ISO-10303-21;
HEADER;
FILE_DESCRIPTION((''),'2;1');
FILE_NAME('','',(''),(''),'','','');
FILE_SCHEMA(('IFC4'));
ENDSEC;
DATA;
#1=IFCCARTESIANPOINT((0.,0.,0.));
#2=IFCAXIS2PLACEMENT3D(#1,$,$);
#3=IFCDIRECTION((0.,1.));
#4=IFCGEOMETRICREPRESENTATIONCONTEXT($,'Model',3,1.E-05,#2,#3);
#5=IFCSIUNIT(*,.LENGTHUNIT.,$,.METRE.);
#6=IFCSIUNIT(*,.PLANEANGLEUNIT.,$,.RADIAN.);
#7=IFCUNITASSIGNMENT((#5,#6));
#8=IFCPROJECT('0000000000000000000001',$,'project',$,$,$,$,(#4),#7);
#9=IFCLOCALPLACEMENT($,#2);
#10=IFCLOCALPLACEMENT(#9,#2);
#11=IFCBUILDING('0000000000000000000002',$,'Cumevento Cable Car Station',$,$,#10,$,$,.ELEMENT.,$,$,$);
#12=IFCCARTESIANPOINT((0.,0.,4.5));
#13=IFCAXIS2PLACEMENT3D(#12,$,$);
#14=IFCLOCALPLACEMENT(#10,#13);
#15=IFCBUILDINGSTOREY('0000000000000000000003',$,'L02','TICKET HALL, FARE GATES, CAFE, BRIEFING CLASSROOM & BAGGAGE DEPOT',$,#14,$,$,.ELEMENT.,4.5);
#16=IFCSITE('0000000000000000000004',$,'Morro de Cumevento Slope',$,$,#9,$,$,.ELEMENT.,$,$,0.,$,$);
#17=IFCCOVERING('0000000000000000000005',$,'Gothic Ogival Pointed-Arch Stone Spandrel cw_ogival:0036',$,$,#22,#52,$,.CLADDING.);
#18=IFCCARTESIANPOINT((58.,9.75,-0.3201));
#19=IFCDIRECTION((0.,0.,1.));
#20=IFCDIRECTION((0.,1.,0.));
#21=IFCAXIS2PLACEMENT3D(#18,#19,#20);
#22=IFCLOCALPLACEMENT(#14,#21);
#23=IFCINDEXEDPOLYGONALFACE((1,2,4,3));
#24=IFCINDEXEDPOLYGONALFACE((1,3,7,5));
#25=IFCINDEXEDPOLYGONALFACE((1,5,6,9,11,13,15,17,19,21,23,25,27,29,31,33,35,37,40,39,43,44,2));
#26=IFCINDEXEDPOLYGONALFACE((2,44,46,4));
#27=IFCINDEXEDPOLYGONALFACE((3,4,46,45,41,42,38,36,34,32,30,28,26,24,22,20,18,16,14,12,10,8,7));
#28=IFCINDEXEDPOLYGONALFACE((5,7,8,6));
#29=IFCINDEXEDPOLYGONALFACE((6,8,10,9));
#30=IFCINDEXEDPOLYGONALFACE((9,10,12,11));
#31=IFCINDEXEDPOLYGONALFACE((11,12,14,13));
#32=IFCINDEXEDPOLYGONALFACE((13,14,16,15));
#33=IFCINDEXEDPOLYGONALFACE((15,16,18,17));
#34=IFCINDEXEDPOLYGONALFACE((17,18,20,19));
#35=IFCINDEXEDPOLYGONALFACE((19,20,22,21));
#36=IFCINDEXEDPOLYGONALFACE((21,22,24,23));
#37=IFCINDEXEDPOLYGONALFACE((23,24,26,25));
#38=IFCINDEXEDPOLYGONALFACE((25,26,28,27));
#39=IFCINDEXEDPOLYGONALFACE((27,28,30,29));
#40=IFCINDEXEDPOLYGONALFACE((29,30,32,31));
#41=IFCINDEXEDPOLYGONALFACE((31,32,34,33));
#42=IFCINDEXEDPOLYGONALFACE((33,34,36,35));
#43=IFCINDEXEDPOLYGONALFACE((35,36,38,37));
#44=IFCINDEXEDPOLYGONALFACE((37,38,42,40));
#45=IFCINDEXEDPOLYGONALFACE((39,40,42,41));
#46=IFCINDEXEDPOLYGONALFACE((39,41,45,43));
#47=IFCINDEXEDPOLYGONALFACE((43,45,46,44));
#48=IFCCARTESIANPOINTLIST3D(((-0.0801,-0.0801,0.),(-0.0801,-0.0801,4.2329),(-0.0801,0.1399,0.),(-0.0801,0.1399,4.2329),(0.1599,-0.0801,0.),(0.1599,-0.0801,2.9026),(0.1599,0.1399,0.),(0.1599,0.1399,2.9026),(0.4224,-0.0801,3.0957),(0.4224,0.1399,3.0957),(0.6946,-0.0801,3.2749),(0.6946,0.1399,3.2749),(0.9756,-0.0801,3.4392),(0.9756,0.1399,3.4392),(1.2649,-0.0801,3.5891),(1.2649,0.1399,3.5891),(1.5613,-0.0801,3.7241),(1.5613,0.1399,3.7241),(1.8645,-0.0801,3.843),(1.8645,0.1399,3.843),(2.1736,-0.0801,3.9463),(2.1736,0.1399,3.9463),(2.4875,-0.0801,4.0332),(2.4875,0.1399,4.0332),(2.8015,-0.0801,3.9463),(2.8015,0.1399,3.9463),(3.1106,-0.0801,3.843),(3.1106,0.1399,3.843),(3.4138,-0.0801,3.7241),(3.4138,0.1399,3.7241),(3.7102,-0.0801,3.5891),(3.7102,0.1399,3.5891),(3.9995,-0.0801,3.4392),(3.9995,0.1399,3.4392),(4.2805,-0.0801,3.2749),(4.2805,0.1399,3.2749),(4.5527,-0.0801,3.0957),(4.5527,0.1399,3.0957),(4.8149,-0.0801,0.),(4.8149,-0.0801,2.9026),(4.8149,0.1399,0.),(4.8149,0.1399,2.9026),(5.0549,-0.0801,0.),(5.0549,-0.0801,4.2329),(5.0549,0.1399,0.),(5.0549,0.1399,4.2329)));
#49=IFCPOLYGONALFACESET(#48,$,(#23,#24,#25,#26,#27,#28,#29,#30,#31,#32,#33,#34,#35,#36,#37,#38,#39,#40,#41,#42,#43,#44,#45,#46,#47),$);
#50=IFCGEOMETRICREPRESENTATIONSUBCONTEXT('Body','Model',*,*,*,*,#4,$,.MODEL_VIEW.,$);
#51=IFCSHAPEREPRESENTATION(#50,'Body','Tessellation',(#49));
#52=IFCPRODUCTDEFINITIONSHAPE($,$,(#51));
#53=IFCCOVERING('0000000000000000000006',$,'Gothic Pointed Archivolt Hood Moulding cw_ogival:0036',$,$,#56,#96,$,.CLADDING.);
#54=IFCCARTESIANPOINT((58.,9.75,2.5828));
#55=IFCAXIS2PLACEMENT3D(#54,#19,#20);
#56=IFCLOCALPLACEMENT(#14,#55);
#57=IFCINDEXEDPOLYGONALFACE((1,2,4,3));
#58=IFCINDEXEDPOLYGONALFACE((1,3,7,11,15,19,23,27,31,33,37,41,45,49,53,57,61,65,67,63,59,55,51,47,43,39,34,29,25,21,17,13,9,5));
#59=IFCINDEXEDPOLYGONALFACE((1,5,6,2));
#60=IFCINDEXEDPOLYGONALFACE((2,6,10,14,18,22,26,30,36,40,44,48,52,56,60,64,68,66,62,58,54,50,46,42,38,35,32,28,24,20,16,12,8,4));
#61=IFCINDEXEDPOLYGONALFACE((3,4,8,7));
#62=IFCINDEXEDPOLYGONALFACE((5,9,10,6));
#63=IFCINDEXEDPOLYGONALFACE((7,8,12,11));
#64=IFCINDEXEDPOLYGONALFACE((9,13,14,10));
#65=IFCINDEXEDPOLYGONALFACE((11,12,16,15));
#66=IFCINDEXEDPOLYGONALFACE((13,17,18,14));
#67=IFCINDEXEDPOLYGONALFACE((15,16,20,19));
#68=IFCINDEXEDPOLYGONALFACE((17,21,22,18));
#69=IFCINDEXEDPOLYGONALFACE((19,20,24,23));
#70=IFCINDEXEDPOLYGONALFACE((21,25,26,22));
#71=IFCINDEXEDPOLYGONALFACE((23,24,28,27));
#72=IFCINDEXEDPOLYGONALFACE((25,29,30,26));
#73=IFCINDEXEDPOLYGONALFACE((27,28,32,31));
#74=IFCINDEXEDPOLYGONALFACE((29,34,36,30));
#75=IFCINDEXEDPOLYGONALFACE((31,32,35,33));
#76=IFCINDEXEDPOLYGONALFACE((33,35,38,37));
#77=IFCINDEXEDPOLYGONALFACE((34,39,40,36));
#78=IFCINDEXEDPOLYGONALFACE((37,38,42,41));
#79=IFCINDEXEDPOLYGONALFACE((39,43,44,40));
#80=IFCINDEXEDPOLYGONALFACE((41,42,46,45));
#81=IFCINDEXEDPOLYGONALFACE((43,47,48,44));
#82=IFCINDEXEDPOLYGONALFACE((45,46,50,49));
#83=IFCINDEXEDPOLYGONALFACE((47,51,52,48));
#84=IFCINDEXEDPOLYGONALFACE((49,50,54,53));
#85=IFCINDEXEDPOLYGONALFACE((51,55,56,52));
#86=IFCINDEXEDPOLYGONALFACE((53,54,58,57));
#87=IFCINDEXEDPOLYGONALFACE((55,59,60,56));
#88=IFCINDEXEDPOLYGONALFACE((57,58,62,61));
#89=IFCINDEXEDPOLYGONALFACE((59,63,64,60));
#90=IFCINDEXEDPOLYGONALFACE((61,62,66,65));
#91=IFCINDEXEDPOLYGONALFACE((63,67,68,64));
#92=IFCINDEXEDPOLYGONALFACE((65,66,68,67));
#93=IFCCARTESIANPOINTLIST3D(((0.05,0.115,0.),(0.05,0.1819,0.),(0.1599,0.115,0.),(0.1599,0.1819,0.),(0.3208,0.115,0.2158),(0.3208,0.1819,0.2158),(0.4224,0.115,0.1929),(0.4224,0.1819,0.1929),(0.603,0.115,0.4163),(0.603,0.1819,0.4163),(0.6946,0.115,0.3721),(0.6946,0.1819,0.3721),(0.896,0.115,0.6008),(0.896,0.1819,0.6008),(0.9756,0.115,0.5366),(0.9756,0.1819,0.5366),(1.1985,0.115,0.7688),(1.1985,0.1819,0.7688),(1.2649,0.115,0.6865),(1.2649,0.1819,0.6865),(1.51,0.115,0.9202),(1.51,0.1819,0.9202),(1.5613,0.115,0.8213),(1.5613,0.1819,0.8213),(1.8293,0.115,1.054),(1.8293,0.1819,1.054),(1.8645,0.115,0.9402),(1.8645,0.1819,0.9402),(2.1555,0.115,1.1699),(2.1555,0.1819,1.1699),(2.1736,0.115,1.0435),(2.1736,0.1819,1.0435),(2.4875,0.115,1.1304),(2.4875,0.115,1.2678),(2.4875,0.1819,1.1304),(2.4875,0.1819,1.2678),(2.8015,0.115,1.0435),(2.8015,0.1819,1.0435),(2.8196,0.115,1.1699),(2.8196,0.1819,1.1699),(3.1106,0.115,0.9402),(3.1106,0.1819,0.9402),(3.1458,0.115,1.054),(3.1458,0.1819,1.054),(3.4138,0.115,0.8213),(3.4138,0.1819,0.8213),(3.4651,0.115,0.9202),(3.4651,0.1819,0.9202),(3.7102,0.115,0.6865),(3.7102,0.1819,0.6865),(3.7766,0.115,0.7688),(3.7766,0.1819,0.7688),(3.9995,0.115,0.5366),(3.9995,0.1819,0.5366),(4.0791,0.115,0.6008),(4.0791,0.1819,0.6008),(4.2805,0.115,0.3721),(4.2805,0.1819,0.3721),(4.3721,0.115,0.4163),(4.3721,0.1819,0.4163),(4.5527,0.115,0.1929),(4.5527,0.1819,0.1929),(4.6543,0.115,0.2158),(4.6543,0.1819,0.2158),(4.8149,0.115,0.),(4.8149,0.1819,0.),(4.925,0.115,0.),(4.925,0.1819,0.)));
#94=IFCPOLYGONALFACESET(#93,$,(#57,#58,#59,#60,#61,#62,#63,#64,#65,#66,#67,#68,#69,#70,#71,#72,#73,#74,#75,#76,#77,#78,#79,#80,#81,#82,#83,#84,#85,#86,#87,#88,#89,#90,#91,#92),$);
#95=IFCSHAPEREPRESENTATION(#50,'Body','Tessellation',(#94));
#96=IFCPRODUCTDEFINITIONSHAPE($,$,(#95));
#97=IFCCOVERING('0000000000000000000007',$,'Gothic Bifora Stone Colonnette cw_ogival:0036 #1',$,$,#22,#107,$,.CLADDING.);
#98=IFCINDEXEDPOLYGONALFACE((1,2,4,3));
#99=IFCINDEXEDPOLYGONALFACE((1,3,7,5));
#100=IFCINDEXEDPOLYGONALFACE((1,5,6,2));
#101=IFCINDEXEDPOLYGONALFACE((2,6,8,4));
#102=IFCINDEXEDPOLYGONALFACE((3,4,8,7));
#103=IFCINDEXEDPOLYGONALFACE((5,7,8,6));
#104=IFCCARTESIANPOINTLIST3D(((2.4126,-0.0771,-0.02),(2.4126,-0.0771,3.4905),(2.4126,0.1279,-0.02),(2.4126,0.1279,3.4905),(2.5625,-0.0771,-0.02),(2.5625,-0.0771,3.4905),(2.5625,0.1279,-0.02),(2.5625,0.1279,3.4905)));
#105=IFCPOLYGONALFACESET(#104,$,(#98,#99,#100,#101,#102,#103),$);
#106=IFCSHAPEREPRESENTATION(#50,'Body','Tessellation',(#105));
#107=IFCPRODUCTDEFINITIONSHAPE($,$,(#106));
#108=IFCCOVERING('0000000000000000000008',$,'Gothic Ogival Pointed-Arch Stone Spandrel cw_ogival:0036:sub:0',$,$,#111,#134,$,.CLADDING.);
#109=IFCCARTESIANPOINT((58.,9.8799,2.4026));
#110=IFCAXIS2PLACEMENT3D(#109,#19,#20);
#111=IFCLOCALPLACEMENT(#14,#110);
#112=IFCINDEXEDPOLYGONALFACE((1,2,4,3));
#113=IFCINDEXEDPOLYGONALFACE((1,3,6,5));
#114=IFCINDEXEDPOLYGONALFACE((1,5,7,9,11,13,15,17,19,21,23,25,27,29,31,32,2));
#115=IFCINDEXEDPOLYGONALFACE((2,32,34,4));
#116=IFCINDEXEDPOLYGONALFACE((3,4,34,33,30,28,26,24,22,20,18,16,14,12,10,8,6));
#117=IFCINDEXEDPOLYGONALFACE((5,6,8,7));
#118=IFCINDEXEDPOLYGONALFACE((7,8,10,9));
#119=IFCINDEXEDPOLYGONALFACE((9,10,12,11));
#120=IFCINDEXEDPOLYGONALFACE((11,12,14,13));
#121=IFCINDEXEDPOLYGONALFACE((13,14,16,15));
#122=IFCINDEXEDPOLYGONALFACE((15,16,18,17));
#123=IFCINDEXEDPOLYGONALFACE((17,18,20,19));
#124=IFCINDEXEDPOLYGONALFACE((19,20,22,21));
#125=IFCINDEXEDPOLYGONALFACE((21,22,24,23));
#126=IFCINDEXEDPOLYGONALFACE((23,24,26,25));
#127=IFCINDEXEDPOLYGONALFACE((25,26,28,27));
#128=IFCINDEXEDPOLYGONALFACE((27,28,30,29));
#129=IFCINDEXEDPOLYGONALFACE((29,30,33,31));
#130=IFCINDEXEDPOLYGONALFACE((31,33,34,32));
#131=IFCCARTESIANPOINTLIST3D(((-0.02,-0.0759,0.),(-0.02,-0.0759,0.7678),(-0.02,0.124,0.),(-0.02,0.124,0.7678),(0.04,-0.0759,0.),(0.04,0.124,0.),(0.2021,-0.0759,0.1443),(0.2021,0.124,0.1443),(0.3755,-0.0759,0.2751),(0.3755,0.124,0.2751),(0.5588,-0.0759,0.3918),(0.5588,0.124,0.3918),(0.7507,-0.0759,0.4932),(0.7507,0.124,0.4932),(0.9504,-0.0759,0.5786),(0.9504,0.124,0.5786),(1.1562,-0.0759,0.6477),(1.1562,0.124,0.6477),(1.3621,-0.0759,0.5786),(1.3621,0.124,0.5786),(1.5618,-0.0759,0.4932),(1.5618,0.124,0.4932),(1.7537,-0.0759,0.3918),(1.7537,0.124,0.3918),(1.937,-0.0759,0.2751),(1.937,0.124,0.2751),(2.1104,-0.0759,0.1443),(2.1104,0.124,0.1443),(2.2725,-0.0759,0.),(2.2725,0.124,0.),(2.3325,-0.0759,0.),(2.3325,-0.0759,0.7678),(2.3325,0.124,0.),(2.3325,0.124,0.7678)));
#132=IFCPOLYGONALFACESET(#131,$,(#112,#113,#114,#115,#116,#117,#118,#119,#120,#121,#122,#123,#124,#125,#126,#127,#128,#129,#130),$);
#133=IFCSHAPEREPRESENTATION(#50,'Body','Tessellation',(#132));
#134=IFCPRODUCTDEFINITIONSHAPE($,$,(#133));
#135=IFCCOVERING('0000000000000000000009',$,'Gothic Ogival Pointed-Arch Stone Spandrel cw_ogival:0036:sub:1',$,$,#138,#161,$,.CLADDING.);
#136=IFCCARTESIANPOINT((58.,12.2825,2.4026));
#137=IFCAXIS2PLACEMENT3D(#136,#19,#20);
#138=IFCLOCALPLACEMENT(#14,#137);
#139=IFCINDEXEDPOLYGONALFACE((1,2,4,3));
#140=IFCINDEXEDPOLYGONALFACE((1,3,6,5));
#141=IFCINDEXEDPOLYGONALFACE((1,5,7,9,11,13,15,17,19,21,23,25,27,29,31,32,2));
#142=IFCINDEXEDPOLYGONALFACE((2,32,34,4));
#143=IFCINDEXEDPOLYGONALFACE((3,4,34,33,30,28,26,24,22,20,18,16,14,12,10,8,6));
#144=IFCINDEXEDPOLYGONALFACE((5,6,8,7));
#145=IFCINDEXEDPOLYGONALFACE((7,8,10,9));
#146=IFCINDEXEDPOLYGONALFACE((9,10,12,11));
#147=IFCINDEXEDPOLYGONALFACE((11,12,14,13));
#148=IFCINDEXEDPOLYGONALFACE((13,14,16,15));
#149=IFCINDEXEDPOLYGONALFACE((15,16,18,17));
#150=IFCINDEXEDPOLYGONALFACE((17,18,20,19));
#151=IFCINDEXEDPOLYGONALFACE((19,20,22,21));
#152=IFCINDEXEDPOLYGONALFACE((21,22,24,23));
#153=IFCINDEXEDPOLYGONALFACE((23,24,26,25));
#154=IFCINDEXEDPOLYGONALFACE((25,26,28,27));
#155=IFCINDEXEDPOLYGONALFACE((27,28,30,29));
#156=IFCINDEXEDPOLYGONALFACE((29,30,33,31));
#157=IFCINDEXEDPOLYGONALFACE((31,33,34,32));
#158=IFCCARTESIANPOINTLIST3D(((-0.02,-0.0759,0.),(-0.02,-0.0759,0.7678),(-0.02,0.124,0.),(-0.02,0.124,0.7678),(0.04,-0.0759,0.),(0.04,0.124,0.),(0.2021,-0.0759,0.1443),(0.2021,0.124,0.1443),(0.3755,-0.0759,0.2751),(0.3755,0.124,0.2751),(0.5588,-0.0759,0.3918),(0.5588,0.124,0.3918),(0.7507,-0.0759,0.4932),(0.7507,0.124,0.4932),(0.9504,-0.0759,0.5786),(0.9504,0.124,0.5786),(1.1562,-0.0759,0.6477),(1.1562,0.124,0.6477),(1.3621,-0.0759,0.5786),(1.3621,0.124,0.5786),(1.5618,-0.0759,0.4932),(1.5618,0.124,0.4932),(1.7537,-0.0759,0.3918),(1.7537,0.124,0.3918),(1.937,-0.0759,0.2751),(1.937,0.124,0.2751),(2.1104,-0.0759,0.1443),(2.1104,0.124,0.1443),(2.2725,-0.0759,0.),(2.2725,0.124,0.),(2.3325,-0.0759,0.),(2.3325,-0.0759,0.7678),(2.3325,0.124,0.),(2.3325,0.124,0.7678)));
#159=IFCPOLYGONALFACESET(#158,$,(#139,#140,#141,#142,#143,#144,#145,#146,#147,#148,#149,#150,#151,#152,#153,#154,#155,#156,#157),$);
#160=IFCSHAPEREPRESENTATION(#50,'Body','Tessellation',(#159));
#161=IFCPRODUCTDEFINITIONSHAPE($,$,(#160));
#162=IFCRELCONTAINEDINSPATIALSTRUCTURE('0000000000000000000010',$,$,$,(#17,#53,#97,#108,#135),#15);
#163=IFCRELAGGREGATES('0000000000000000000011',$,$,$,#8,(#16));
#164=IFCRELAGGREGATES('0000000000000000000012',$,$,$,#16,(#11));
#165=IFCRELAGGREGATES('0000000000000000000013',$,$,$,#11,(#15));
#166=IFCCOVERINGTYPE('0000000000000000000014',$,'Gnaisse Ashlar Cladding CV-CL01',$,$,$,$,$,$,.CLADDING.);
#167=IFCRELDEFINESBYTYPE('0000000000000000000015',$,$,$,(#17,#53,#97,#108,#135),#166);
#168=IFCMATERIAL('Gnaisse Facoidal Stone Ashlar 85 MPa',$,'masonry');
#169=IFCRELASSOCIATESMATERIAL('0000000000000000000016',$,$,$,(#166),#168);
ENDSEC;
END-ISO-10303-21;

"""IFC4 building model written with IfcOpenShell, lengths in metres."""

from ifc_helpers import new_model, si_unit, direction, frame, origin, place, context, subcontext, project, spatial, polyline, outline, extrude, material, type_object, element, save


model = new_model("IFC4")

# Units and contexts
model_context = context("Model", 3, precision=1e-05, world=origin(), true_north=direction((0.0, 1.0)))
body_context = subcontext(model_context, "Body", "Model", "MODEL_VIEW")
ifc_project = project(units=[si_unit("LENGTHUNIT", "METRE"), si_unit("PLANEANGLEUNIT", "RADIAN")], contexts=[model_context])

# Site, building, storey
site_placement = place(None, origin())
site = spatial("IfcSite", under=ifc_project, at=site_placement, Name="Morro de Cumevento Slope", CompositionType="ELEMENT", RefElevation=0.0)
building_placement = place(site_placement, origin())
building = spatial("IfcBuilding", under=site, at=building_placement, Name="Cumevento Cable Car Station", CompositionType="ELEMENT")
storey_placement = place(building_placement, frame((0.0, 0.0, 4.5)))
storey = spatial("IfcBuildingStorey", under=building, at=storey_placement, Name="L02", Description="TICKET HALL, FARE GATES, CAFE, BRIEFING CLASSROOM & BAGGAGE DEPOT", CompositionType="ELEMENT", Elevation=4.5)

# Coverings
ifc_material_1 = material(Name="Gnaisse Facoidal Stone Ashlar 85 MPa", Category="masonry")
covering_type = type_object("IfcCoveringType", Name="Gnaisse Ashlar Cladding CV-CL01", PredefinedType="CLADDING", material=ifc_material_1)
placement = place(storey_placement, frame((58.0, 9.75, -0.3201), z_axis=(0.0, 0.0, 1.0), x_axis=(0.0, 1.0, 0.0)))
element("IfcCovering", 1, at=placement, inside=storey, type_object=covering_type, Name="Gothic Ogival Pointed-Arch Stone Spandrel cw_ogival:0036", PredefinedType="CLADDING", context=body_context, shape_type="SweptSolid", body=[
    extrude(outline(polyline([(-0.0801, 0.0), (-0.0801, 4.2329), (5.0549, 4.2329), (5.0549, 0.0), (4.8149, 0.0), (4.8149, 2.9026), (4.5527, 3.0957), (4.2805, 3.2749), (3.9995, 3.4392), (3.7102, 3.5891), (3.4138, 3.7241), (3.1106, 3.843), (2.8015, 3.9463), (2.4875, 4.0332), (2.1736, 3.9463), (1.8645, 3.843), (1.5613, 3.7241), (1.2649, 3.5891), (0.9756, 3.4392), (0.6946, 3.2749), (0.4224, 3.0957), (0.1599, 2.9026), (0.1599, 0.0), (-0.0801, 0.0)])), frame((0.0, 0.1399, 0.0), z_axis=(0.0, -1.0, 0.0), x_axis=(1.0, 0.0, 0.0)), (0.0, 0.0, 1.0), 0.22),
])
covering_1_placement = place(storey_placement, frame((58.0, 9.75, 2.5828), z_axis=(0.0, 0.0, 1.0), x_axis=(0.0, 1.0, 0.0)))
element("IfcCovering", 2, at=covering_1_placement, inside=storey, type_object=covering_type, Name="Gothic Pointed Archivolt Hood Moulding cw_ogival:0036", PredefinedType="CLADDING", context=body_context, shape_type="SweptSolid", body=[
    extrude(outline(polyline([(0.1599, 0.0), (0.4224, 0.1929), (0.6946, 0.3721), (0.9756, 0.5366), (1.2649, 0.6865), (1.5613, 0.8213), (1.8645, 0.9402), (2.1736, 1.0435), (2.4875, 1.1304), (2.8015, 1.0435), (3.1106, 0.9402), (3.4138, 0.8213), (3.7102, 0.6865), (3.9995, 0.5366), (4.2805, 0.3721), (4.5527, 0.1929), (4.8149, 0.0), (4.925, 0.0), (4.6543, 0.2158), (4.3721, 0.4163), (4.0791, 0.6008), (3.7766, 0.7688), (3.4651, 0.9202), (3.1458, 1.054), (2.8196, 1.1699), (2.4875, 1.2678), (2.1555, 1.1699), (1.8293, 1.054), (1.51, 0.9202), (1.1985, 0.7688), (0.896, 0.6008), (0.603, 0.4163), (0.3208, 0.2158), (0.05, 0.0), (0.1599, 0.0)])), frame((0.0, 0.1819, 0.0), z_axis=(0.0, -1.0, 0.0), x_axis=(1.0, 0.0, 0.0)), (0.0, 0.0, 1.0), 0.0669),
])
element("IfcCovering", 3, at=placement, inside=storey, type_object=covering_type, Name="Gothic Bifora Stone Colonnette cw_ogival:0036 #1", PredefinedType="CLADDING", context=body_context, shape_type="SweptSolid", body=[
    extrude(outline(polyline([(2.4126, -0.02), (2.5625, -0.02), (2.5625, 3.4905), (2.4126, 3.4905), (2.4126, -0.02)])), frame((0.0, 0.1279, 0.0), z_axis=(0.0, -1.0, 0.0), x_axis=(1.0, 0.0, 0.0)), (0.0, 0.0, 1.0), 0.2051),
])
for number, where, z_axis, x_axis, name in (
    (4, (58.0, 9.8799, 2.4026), (0.0, 0.0, 1.0), (0.0, 1.0, 0.0), "Gothic Ogival Pointed-Arch Stone Spandrel cw_ogival:0036:sub:0"),
    (5, (58.0, 12.2825, 2.4026), (0.0, 0.0, 1.0), (0.0, 1.0, 0.0), "Gothic Ogival Pointed-Arch Stone Spandrel cw_ogival:0036:sub:1"),
):
    element("IfcCovering", number, at=place(storey_placement, frame(where, z_axis=z_axis, x_axis=x_axis)), inside=storey, type_object=covering_type, Name=name, PredefinedType="CLADDING", context=body_context, shape_type="SweptSolid", body=[
        extrude(outline(polyline([(-0.02, 0.0), (-0.02, 0.7678), (2.3325, 0.7678), (2.3325, 0.0), (2.2725, 0.0), (2.1104, 0.1443), (1.937, 0.2751), (1.7537, 0.3918), (1.5618, 0.4932), (1.3621, 0.5786), (1.1562, 0.6477), (0.9504, 0.5786), (0.7507, 0.4932), (0.5588, 0.3918), (0.3755, 0.2751), (0.2021, 0.1443), (0.04, 0.0), (-0.02, 0.0)])), frame((0.0, 0.124, 0.0), z_axis=(0.0, -1.0, 0.0), x_axis=(1.0, 0.0, 0.0)), (0.0, 0.0, 1.0), 0.2),
    ])

save(model, "model.ifc")
